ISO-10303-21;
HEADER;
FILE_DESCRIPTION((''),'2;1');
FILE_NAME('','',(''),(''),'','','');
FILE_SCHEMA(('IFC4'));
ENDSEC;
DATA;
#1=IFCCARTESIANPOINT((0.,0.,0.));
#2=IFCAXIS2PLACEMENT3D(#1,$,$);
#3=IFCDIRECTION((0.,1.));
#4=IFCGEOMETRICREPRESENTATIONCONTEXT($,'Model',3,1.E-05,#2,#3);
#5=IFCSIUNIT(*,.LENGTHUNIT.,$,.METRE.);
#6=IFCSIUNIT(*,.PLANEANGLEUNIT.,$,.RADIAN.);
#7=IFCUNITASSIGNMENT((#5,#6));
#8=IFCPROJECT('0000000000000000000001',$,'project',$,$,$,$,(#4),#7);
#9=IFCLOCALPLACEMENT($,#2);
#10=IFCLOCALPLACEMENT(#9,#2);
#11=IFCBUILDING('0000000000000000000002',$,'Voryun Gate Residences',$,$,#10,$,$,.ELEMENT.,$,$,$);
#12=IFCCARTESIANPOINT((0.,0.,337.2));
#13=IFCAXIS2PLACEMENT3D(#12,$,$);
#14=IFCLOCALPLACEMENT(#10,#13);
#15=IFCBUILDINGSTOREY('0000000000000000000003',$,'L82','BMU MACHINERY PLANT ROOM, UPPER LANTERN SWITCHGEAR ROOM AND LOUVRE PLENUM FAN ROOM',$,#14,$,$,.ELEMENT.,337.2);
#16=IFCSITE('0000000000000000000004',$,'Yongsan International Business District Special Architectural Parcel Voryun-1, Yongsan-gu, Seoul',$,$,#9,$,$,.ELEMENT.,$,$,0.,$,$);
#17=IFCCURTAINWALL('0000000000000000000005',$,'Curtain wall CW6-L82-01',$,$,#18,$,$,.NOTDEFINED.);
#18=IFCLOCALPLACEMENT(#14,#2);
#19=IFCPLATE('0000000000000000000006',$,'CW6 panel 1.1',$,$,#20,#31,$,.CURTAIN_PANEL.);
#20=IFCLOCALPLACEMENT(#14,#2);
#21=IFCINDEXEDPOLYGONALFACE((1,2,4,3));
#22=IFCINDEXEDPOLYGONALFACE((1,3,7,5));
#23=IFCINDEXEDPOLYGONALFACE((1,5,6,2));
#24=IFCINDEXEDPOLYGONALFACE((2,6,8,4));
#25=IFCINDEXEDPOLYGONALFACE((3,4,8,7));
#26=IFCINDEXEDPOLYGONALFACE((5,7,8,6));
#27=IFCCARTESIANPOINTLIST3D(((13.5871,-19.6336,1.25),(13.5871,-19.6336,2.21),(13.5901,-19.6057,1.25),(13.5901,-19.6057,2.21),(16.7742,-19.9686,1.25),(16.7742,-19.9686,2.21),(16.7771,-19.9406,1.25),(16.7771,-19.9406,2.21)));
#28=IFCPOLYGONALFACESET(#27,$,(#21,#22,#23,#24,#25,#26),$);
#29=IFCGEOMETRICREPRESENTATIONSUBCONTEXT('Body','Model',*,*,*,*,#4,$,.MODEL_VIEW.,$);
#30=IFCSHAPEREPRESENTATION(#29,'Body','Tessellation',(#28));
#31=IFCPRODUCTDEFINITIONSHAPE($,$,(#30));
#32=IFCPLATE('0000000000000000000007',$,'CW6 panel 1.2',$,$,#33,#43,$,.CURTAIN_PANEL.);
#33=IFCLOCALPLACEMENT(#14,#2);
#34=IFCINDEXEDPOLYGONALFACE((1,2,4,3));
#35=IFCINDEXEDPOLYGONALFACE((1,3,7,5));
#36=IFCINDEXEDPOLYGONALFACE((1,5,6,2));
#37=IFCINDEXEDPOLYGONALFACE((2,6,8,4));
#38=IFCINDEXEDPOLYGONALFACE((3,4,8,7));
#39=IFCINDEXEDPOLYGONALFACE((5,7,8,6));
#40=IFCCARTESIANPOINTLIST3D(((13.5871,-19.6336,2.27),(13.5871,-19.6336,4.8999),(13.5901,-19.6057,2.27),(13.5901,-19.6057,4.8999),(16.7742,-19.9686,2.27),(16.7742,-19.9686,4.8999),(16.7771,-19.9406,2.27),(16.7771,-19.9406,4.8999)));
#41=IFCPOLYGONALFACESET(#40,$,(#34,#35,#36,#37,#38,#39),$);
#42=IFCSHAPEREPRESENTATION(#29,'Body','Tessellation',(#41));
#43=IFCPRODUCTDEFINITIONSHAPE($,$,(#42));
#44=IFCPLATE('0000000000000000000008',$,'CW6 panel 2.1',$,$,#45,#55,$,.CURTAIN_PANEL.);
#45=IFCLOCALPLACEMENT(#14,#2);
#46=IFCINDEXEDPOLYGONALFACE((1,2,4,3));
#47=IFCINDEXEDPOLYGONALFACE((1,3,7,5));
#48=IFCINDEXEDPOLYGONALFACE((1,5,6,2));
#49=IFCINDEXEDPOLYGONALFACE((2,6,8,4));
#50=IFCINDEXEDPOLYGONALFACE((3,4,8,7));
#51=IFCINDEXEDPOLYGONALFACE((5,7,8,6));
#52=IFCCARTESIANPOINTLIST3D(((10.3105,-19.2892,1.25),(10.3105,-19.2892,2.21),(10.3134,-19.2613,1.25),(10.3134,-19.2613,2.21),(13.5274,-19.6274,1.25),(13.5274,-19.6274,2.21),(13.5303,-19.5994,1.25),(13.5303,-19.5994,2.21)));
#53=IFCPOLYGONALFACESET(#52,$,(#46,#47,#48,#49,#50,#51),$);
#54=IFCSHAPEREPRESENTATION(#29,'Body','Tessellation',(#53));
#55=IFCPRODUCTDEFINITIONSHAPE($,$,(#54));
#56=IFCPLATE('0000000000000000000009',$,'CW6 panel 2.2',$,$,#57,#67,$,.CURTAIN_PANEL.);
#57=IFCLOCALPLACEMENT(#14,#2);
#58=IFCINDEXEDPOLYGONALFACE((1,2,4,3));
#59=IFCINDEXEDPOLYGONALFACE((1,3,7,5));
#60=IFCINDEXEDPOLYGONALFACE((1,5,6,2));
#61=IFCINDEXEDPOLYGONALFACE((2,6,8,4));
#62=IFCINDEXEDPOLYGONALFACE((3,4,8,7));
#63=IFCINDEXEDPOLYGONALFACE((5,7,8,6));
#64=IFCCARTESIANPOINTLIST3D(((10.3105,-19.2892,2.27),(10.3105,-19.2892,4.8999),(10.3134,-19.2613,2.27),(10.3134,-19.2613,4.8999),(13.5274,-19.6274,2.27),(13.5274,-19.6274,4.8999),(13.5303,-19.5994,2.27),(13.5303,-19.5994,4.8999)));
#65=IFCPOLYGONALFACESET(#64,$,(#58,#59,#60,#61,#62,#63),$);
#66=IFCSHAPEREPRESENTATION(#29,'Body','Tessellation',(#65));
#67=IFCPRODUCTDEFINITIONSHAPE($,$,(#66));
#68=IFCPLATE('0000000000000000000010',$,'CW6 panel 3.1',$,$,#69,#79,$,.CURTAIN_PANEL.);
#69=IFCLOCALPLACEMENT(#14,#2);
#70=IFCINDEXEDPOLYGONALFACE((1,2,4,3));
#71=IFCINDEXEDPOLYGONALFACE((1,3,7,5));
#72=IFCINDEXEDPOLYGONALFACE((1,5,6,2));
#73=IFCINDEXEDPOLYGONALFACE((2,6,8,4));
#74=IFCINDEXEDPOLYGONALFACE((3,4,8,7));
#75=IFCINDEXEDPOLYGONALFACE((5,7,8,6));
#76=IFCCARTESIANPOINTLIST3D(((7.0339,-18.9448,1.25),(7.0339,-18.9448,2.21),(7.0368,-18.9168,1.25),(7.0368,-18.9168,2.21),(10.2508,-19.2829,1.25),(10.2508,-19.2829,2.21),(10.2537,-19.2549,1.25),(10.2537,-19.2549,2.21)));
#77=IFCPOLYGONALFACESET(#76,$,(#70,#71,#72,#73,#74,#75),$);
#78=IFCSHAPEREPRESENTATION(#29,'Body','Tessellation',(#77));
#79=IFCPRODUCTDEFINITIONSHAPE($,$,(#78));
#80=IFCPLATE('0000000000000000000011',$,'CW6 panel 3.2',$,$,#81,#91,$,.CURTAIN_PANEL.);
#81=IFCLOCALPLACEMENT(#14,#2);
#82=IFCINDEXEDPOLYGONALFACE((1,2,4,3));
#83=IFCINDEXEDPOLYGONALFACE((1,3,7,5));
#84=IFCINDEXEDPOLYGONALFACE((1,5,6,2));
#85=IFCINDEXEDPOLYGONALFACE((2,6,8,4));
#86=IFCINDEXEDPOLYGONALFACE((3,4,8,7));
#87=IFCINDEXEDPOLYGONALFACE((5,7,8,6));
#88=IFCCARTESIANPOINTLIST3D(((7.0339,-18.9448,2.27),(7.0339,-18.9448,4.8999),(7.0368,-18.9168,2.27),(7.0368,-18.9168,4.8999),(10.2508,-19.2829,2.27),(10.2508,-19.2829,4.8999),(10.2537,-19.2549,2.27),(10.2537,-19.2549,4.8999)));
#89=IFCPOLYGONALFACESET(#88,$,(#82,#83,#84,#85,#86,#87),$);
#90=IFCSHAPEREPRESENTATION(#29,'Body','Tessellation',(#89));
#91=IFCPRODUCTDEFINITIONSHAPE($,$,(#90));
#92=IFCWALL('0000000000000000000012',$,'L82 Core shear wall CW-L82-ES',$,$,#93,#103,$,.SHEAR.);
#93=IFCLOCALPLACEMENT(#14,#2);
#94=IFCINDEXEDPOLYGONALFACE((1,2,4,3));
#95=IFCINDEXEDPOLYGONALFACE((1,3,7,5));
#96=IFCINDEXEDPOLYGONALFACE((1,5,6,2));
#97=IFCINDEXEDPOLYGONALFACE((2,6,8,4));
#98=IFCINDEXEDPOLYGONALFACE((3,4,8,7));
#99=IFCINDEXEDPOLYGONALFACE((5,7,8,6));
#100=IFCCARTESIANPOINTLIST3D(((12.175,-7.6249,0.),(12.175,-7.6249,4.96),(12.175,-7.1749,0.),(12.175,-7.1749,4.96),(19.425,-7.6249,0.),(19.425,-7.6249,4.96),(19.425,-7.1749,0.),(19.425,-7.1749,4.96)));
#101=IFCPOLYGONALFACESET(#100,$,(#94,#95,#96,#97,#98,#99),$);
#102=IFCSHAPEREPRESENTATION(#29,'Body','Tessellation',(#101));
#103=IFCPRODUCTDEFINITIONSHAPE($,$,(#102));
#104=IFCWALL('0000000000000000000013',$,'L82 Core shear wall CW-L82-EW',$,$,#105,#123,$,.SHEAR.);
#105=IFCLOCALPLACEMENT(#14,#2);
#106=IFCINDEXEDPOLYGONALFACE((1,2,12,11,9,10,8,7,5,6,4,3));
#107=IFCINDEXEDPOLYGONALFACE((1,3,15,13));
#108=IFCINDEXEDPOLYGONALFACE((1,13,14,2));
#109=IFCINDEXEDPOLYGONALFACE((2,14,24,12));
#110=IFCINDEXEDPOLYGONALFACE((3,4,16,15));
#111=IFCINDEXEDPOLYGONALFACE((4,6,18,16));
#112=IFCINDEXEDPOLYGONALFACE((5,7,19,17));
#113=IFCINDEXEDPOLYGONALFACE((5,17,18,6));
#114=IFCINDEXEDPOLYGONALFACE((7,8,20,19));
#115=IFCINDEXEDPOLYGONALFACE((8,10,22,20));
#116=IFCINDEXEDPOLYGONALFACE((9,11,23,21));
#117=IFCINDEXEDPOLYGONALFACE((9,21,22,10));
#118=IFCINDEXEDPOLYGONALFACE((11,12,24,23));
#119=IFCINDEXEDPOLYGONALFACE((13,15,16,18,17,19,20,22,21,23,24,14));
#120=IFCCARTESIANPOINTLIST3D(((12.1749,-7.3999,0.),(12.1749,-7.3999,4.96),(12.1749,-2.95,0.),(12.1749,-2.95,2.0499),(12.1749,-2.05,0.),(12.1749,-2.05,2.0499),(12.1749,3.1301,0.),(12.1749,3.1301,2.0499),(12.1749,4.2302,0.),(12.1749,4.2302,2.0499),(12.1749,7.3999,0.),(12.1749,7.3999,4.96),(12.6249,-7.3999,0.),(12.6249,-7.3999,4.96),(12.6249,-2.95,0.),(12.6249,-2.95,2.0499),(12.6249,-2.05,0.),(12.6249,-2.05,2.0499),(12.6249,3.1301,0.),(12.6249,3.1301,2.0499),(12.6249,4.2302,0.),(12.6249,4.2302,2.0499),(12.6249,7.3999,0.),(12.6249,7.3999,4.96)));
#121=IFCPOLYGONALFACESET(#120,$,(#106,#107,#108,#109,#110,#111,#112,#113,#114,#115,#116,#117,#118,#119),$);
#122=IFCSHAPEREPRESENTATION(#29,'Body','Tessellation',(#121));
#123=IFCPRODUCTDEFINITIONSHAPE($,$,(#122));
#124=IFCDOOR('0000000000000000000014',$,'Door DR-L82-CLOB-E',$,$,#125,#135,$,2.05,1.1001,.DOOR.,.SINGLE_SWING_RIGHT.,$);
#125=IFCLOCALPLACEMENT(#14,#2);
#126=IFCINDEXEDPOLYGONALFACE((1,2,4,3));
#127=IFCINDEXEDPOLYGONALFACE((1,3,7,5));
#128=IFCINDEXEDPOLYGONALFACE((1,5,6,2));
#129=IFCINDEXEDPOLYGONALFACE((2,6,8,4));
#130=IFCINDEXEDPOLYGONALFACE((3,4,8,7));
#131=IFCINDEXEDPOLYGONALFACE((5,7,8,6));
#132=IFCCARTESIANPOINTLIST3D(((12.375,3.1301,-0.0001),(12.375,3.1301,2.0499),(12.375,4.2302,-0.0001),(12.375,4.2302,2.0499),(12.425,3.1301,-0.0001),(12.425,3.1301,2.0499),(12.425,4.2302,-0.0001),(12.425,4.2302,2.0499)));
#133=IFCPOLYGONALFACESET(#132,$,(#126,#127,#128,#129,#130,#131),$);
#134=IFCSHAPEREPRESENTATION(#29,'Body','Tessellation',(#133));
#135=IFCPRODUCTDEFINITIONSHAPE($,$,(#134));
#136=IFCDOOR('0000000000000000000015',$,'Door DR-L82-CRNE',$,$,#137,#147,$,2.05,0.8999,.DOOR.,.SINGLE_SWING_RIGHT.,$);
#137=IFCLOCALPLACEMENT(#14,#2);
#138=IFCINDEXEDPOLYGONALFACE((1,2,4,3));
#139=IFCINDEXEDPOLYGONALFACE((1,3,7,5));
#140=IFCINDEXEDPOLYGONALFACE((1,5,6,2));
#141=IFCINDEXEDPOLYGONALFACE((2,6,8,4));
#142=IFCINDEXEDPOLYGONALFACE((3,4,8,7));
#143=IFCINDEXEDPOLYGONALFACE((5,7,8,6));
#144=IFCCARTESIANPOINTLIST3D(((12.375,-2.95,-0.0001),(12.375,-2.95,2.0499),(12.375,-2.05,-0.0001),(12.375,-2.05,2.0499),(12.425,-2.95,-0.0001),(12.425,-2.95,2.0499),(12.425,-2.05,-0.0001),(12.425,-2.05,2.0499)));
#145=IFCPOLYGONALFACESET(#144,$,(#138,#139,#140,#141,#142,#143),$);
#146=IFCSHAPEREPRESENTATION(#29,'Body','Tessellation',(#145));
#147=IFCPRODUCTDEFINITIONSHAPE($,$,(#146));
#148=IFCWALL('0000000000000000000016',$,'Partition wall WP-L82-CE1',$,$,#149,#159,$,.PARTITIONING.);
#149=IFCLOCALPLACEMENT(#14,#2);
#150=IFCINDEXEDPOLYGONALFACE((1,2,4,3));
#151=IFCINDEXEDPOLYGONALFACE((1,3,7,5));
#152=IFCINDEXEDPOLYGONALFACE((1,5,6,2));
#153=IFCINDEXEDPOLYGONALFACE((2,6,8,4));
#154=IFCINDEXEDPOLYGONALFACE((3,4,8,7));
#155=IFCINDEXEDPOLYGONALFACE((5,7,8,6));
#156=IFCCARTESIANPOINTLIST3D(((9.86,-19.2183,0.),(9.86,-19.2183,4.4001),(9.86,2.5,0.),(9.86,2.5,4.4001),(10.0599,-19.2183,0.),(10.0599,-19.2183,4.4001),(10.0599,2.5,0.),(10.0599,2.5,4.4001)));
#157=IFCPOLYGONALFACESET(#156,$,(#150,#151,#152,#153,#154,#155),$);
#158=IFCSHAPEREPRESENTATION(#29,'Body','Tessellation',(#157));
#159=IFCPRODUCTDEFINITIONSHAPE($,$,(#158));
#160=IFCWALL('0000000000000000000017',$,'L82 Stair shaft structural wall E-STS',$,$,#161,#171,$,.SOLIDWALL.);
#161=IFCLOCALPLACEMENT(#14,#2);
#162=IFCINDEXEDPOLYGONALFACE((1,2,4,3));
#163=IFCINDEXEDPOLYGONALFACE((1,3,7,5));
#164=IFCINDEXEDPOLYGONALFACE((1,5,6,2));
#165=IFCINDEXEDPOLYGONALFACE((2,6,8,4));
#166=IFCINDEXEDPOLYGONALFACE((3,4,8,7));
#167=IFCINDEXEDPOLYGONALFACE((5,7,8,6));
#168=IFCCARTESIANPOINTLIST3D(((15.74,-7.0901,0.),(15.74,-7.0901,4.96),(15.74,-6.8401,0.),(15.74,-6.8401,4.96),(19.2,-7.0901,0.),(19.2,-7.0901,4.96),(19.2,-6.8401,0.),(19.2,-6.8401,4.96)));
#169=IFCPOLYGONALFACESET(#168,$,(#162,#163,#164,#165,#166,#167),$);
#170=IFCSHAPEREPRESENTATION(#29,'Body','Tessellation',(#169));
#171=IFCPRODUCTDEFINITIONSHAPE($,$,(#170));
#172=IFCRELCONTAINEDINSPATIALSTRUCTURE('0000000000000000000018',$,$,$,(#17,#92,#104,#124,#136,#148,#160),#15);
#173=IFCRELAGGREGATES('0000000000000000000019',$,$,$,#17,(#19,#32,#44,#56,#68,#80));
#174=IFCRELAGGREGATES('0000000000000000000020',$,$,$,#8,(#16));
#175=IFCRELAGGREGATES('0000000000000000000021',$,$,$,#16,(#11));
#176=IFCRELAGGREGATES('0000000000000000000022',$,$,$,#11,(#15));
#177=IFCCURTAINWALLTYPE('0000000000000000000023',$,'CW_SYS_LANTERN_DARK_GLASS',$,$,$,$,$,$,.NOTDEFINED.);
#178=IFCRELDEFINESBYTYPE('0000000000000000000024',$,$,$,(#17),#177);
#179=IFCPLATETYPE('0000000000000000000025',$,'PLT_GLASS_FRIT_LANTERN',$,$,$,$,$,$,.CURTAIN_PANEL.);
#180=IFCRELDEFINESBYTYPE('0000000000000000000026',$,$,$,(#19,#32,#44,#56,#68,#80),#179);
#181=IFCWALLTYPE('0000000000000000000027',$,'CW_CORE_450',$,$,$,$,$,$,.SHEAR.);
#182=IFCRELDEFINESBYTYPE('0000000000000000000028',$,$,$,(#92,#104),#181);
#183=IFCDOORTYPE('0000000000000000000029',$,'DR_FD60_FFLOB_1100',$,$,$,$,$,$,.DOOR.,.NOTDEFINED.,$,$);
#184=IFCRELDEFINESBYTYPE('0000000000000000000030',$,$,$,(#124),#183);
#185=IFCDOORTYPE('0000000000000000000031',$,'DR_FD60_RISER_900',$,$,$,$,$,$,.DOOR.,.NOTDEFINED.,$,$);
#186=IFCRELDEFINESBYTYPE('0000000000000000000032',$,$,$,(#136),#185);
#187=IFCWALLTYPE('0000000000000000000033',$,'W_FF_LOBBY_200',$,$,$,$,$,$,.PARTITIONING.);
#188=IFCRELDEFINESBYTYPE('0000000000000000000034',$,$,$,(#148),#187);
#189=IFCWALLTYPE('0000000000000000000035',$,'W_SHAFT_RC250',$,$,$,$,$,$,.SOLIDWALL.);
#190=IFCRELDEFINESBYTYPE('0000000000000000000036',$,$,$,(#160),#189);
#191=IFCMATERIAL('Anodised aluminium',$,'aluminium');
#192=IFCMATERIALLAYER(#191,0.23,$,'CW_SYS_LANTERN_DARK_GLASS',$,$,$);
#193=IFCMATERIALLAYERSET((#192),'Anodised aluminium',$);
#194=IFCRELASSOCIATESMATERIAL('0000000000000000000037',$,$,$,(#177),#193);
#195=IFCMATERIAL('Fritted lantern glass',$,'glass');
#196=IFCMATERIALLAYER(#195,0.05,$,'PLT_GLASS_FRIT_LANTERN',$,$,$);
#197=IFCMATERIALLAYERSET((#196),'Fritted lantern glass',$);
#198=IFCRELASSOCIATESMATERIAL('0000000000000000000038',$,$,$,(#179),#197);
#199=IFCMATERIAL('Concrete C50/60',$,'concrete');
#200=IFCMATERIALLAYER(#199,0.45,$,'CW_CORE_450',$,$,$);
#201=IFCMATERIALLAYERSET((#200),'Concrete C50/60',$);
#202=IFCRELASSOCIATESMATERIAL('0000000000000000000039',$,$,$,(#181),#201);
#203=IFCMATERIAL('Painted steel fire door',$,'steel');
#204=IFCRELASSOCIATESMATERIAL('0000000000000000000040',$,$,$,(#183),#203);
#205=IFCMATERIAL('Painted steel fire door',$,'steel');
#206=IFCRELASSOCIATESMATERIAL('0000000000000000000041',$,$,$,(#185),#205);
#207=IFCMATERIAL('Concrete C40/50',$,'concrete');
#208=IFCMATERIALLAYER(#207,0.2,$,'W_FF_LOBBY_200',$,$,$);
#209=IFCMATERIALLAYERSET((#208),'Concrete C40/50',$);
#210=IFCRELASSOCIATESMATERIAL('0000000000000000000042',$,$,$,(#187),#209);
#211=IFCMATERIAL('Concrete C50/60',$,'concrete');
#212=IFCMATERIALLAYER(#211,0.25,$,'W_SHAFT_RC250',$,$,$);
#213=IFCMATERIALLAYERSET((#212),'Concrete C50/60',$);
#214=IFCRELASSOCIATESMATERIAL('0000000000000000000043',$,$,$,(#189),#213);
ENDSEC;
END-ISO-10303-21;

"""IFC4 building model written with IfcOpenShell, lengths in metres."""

from ifc_helpers import new_model, si_unit, direction, frame, frame_2d, origin, origin_2d, place, context, subcontext, project, spatial, rectangle, extrude, material, layer, layer_set, type_object, element, fill, aggregate, save


model = new_model("IFC4")

# Units and contexts
model_context = context("Model", 3, precision=1e-05, world=origin(), true_north=direction((0.0, 1.0)))
body_context = subcontext(model_context, "Body", "Model", "MODEL_VIEW")
ifc_project = project(units=[si_unit("LENGTHUNIT", "METRE"), si_unit("PLANEANGLEUNIT", "RADIAN")], contexts=[model_context])

# Site, building, storey
site_placement = place(None, origin())
site = spatial("IfcSite", under=ifc_project, at=site_placement, Name="Yongsan International Business District Special Architectural Parcel Voryun-1, Yongsan-gu, Seoul", CompositionType="ELEMENT", RefElevation=0.0)
building_placement = place(site_placement, origin())
building = spatial("IfcBuilding", under=site, at=building_placement, Name="Voryun Gate Residences", CompositionType="ELEMENT")
storey_placement = place(building_placement, frame((0.0, 0.0, 337.2)))
storey = spatial("IfcBuildingStorey", under=building, at=storey_placement, Name="L82", Description="BMU MACHINERY PLANT ROOM, UPPER LANTERN SWITCHGEAR ROOM AND LOUVRE PLENUM FAN ROOM", CompositionType="ELEMENT", Elevation=337.2)

# Curtain wall
ifc_material_1 = material(Name="Anodised aluminium", Category="aluminium")
ifc_layer_1 = layer(ifc_material_1, 0.23, Name="CW_SYS_LANTERN_DARK_GLASS")
ifc_layer_set_1 = layer_set([ifc_layer_1], Name="Anodised aluminium")
curtain_wall_type = type_object("IfcCurtainWallType", Name="CW_SYS_LANTERN_DARK_GLASS", PredefinedType="NOTDEFINED", material=ifc_layer_set_1)
curtain_wall_placement = place(storey_placement, origin())
curtain_wall = element("IfcCurtainWall", 1, at=curtain_wall_placement, inside=storey, type_object=curtain_wall_type, Name="Curtain wall CW6-L82-01", PredefinedType="NOTDEFINED")

# Plates
ifc_material_2 = material(Name="Fritted lantern glass", Category="glass")
ifc_layer_2 = layer(ifc_material_2, 0.05, Name="PLT_GLASS_FRIT_LANTERN")
ifc_layer_set_2 = layer_set([ifc_layer_2], Name="Fritted lantern glass")
plate_type_1 = type_object("IfcPlateType", Name="PLT_GLASS_FRIT_LANTERN", PredefinedType="CURTAIN_PANEL", material=ifc_layer_set_2)
plate_1_placement = place(storey_placement, frame((15.1821, -19.7871, 1.25), z_axis=(0.0, 0.0, 1.0), x_axis=(-0.994522, 0.104528, 0.0)))
plate_1 = element("IfcPlate", 2, at=plate_1_placement, type_object=plate_type_1, Name="CW6 panel 1.1", PredefinedType="CURTAIN_PANEL", context=body_context, shape_type="SweptSolid", body=[
    extrude(rectangle(XDim=3.2046, YDim=0.0281, at=origin_2d()), origin(), (0.0, 0.0, 1.0), 0.96),
])
plate_2_placement = place(storey_placement, frame((15.1821, -19.7871, 2.27), z_axis=(0.0, 0.0, 1.0), x_axis=(-0.994522, 0.104528, 0.0)))
plate_2 = element("IfcPlate", 3, at=plate_2_placement, type_object=plate_type_1, Name="CW6 panel 1.2", PredefinedType="CURTAIN_PANEL", context=body_context, shape_type="SweptSolid", body=[
    extrude(rectangle(XDim=3.2046, YDim=0.0281, at=origin_2d()), origin(), (0.0, 0.0, 1.0), 2.6299),
])
plate_3_placement = place(storey_placement, frame((11.9204, -19.4443, 1.25), z_axis=(0.0, 0.0, 1.0), x_axis=(-0.994522, 0.104528, 0.0)))
plate_3 = element("IfcPlate", 4, at=plate_3_placement, type_object=plate_type_1, Name="CW6 panel 2.1", PredefinedType="CURTAIN_PANEL", context=body_context, shape_type="SweptSolid", body=[
    extrude(rectangle(XDim=3.2346, YDim=0.0281, at=origin_2d()), origin(), (0.0, 0.0, 1.0), 0.96),
])
plate_4_placement = place(storey_placement, frame((11.9204, -19.4443, 2.27), z_axis=(0.0, 0.0, 1.0), x_axis=(-0.994522, 0.104528, 0.0)))
plate_4 = element("IfcPlate", 5, at=plate_4_placement, type_object=plate_type_1, Name="CW6 panel 2.2", PredefinedType="CURTAIN_PANEL", context=body_context, shape_type="SweptSolid", body=[
    extrude(rectangle(XDim=3.2346, YDim=0.0281, at=origin_2d()), origin(), (0.0, 0.0, 1.0), 2.6299),
])
plate_5_placement = place(storey_placement, frame((8.6438, -19.0999, 1.25), z_axis=(0.0, 0.0, 1.0), x_axis=(-0.994522, 0.104528, 0.0)))
plate_5 = element("IfcPlate", 6, at=plate_5_placement, type_object=plate_type_1, Name="CW6 panel 3.1", PredefinedType="CURTAIN_PANEL", context=body_context, shape_type="SweptSolid", body=[
    extrude(rectangle(XDim=3.2346, YDim=0.0281, at=origin_2d()), origin(), (0.0, 0.0, 1.0), 0.96),
])
plate_6_placement = place(storey_placement, frame((8.6438, -19.0999, 2.27), z_axis=(0.0, 0.0, 1.0), x_axis=(-0.994522, 0.104528, 0.0)))
plate_6 = element("IfcPlate", 7, at=plate_6_placement, type_object=plate_type_1, Name="CW6 panel 3.2", PredefinedType="CURTAIN_PANEL", context=body_context, shape_type="SweptSolid", body=[
    extrude(rectangle(XDim=3.2346, YDim=0.0281, at=origin_2d()), origin(), (0.0, 0.0, 1.0), 2.6299),
])
aggregate(curtain_wall, [plate_1, plate_2, plate_3, plate_4, plate_5, plate_6])

# Wall
ifc_material_3 = material(Name="Concrete C50/60", Category="concrete")
ifc_layer_3 = layer(ifc_material_3, 0.45, Name="CW_CORE_450")
ifc_layer_set_3 = layer_set([ifc_layer_3], Name="Concrete C50/60")
wall_type_1 = type_object("IfcWallType", Name="CW_CORE_450", PredefinedType="SHEAR", material=ifc_layer_set_3)
wall_1_placement = place(storey_placement, frame((12.175, -7.3999, 0.0), z_axis=(0.0, 0.0, 1.0), x_axis=(1.0, 0.0, 0.0)))
element("IfcWall", 8, at=wall_1_placement, inside=storey, type_object=wall_type_1, Name="L82 Core shear wall CW-L82-ES", PredefinedType="SHEAR", context=body_context, shape_type="SweptSolid", body=[
    extrude(rectangle(XDim=7.25, YDim=0.45, at=frame_2d((3.625, 0.0))), origin(), (0.0, 0.0, 1.0), 4.96),
])

# Wall, openings, doors
wall_2_placement = place(storey_placement, frame((12.3999, -7.3999, 0.0), z_axis=(0.0, 0.0, 1.0), x_axis=(0.0, 1.0, 0.0)))
wall_2 = element("IfcWall", 9, at=wall_2_placement, inside=storey, type_object=wall_type_1, Name="L82 Core shear wall CW-L82-EW", PredefinedType="SHEAR", context=body_context, shape_type="SweptSolid", body=[
    extrude(rectangle(XDim=14.7998, YDim=0.45, at=frame_2d((7.3999, 0.0))), origin(), (0.0, 0.0, 1.0), 4.96),
])
opening_1_placement = place(wall_2_placement, frame((10.53, 0.0, 0.0)))
opening_1 = element("IfcOpeningElement", 10, at=opening_1_placement, cuts=wall_2, PredefinedType="OPENING", context=body_context, shape_type="SweptSolid", body=[
    extrude(rectangle(XDim=1.1001, YDim=2.05, at=frame_2d((0.55, 1.0249))), frame((0.0, 0.2351, 0.0), z_axis=(0.0, -1.0, 0.0), x_axis=(1.0, 0.0, 0.0)), (0.0, 0.0, 1.0), 0.47),
])
opening_2_placement = place(wall_2_placement, frame((4.45, 0.0, 0.0)))
opening_2 = element("IfcOpeningElement", 11, at=opening_2_placement, cuts=wall_2, PredefinedType="OPENING", context=body_context, shape_type="SweptSolid", body=[
    extrude(rectangle(XDim=0.8999, YDim=2.05, at=frame_2d((0.45, 1.0249))), frame((0.0, 0.2351, 0.0), z_axis=(0.0, -1.0, 0.0), x_axis=(1.0, 0.0, 0.0)), (0.0, 0.0, 1.0), 0.47),
])
ifc_material_4 = material(Name="Painted steel fire door", Category="steel")
door_type_1 = type_object("IfcDoorType", Name="DR_FD60_FFLOB_1100", OperationType="NOTDEFINED", PredefinedType="DOOR", material=ifc_material_4)
door_1_placement = place(opening_1_placement, origin())
door_1 = element("IfcDoor", 12, at=door_1_placement, inside=storey, type_object=door_type_1, Name="Door DR-L82-CLOB-E", OperationType="SINGLE_SWING_RIGHT", OverallHeight=2.05, OverallWidth=1.1001, PredefinedType="DOOR", context=body_context, shape_type="SweptSolid", body=[
    extrude(rectangle(XDim=1.1001, YDim=2.05, at=frame_2d((0.55, 1.0249))), frame((0.0, 0.0249, 0.0), z_axis=(0.0, -1.0, 0.0), x_axis=(1.0, 0.0, 0.0)), (0.0, 0.0, 1.0), 0.05),
])
fill(opening_1, door_1)
ifc_material_5 = material(Name="Painted steel fire door", Category="steel")
door_type_2 = type_object("IfcDoorType", Name="DR_FD60_RISER_900", OperationType="NOTDEFINED", PredefinedType="DOOR", material=ifc_material_5)
door_2_placement = place(opening_2_placement, origin())
door_2 = element("IfcDoor", 13, at=door_2_placement, inside=storey, type_object=door_type_2, Name="Door DR-L82-CRNE", OperationType="SINGLE_SWING_RIGHT", OverallHeight=2.05, OverallWidth=0.8999, PredefinedType="DOOR", context=body_context, shape_type="SweptSolid", body=[
    extrude(rectangle(XDim=0.8999, YDim=2.05, at=frame_2d((0.45, 1.0249))), frame((0.0, 0.0249, 0.0), z_axis=(0.0, -1.0, 0.0), x_axis=(1.0, 0.0, 0.0)), (0.0, 0.0, 1.0), 0.05),
])
fill(opening_2, door_2)

# Walls
ifc_material_6 = material(Name="Concrete C40/50", Category="concrete")
ifc_layer_4 = layer(ifc_material_6, 0.2, Name="W_FF_LOBBY_200")
ifc_layer_set_4 = layer_set([ifc_layer_4], Name="Concrete C40/50")
wall_type_2 = type_object("IfcWallType", Name="W_FF_LOBBY_200", PredefinedType="PARTITIONING", material=ifc_layer_set_4)
wall_3_placement = place(storey_placement, frame((9.96, -19.2183, 0.0), z_axis=(0.0, 0.0, 1.0), x_axis=(0.0, 1.0, 0.0)))
element("IfcWall", 14, at=wall_3_placement, inside=storey, type_object=wall_type_2, Name="Partition wall WP-L82-CE1", PredefinedType="PARTITIONING", context=body_context, shape_type="SweptSolid", body=[
    extrude(rectangle(XDim=21.7183, YDim=0.2, at=frame_2d((10.8591, 0.0))), origin(), (0.0, 0.0, 1.0), 4.4001),
])
ifc_material_7 = material(Name="Concrete C50/60", Category="concrete")
ifc_layer_5 = layer(ifc_material_7, 0.25, Name="W_SHAFT_RC250")
ifc_layer_set_5 = layer_set([ifc_layer_5], Name="Concrete C50/60")
wall_type_3 = type_object("IfcWallType", Name="W_SHAFT_RC250", PredefinedType="SOLIDWALL", material=ifc_layer_set_5)
wall_4_placement = place(storey_placement, frame((15.74, -6.9651, 0.0), z_axis=(0.0, 0.0, 1.0), x_axis=(1.0, 0.0, 0.0)))
element("IfcWall", 15, at=wall_4_placement, inside=storey, type_object=wall_type_3, Name="L82 Stair shaft structural wall E-STS", PredefinedType="SOLIDWALL", context=body_context, shape_type="SweptSolid", body=[
    extrude(rectangle(XDim=3.46, YDim=0.25, at=frame_2d((1.73, 0.0))), origin(), (0.0, 0.0, 1.0), 4.96),
])

save(model, "model.ifc")
